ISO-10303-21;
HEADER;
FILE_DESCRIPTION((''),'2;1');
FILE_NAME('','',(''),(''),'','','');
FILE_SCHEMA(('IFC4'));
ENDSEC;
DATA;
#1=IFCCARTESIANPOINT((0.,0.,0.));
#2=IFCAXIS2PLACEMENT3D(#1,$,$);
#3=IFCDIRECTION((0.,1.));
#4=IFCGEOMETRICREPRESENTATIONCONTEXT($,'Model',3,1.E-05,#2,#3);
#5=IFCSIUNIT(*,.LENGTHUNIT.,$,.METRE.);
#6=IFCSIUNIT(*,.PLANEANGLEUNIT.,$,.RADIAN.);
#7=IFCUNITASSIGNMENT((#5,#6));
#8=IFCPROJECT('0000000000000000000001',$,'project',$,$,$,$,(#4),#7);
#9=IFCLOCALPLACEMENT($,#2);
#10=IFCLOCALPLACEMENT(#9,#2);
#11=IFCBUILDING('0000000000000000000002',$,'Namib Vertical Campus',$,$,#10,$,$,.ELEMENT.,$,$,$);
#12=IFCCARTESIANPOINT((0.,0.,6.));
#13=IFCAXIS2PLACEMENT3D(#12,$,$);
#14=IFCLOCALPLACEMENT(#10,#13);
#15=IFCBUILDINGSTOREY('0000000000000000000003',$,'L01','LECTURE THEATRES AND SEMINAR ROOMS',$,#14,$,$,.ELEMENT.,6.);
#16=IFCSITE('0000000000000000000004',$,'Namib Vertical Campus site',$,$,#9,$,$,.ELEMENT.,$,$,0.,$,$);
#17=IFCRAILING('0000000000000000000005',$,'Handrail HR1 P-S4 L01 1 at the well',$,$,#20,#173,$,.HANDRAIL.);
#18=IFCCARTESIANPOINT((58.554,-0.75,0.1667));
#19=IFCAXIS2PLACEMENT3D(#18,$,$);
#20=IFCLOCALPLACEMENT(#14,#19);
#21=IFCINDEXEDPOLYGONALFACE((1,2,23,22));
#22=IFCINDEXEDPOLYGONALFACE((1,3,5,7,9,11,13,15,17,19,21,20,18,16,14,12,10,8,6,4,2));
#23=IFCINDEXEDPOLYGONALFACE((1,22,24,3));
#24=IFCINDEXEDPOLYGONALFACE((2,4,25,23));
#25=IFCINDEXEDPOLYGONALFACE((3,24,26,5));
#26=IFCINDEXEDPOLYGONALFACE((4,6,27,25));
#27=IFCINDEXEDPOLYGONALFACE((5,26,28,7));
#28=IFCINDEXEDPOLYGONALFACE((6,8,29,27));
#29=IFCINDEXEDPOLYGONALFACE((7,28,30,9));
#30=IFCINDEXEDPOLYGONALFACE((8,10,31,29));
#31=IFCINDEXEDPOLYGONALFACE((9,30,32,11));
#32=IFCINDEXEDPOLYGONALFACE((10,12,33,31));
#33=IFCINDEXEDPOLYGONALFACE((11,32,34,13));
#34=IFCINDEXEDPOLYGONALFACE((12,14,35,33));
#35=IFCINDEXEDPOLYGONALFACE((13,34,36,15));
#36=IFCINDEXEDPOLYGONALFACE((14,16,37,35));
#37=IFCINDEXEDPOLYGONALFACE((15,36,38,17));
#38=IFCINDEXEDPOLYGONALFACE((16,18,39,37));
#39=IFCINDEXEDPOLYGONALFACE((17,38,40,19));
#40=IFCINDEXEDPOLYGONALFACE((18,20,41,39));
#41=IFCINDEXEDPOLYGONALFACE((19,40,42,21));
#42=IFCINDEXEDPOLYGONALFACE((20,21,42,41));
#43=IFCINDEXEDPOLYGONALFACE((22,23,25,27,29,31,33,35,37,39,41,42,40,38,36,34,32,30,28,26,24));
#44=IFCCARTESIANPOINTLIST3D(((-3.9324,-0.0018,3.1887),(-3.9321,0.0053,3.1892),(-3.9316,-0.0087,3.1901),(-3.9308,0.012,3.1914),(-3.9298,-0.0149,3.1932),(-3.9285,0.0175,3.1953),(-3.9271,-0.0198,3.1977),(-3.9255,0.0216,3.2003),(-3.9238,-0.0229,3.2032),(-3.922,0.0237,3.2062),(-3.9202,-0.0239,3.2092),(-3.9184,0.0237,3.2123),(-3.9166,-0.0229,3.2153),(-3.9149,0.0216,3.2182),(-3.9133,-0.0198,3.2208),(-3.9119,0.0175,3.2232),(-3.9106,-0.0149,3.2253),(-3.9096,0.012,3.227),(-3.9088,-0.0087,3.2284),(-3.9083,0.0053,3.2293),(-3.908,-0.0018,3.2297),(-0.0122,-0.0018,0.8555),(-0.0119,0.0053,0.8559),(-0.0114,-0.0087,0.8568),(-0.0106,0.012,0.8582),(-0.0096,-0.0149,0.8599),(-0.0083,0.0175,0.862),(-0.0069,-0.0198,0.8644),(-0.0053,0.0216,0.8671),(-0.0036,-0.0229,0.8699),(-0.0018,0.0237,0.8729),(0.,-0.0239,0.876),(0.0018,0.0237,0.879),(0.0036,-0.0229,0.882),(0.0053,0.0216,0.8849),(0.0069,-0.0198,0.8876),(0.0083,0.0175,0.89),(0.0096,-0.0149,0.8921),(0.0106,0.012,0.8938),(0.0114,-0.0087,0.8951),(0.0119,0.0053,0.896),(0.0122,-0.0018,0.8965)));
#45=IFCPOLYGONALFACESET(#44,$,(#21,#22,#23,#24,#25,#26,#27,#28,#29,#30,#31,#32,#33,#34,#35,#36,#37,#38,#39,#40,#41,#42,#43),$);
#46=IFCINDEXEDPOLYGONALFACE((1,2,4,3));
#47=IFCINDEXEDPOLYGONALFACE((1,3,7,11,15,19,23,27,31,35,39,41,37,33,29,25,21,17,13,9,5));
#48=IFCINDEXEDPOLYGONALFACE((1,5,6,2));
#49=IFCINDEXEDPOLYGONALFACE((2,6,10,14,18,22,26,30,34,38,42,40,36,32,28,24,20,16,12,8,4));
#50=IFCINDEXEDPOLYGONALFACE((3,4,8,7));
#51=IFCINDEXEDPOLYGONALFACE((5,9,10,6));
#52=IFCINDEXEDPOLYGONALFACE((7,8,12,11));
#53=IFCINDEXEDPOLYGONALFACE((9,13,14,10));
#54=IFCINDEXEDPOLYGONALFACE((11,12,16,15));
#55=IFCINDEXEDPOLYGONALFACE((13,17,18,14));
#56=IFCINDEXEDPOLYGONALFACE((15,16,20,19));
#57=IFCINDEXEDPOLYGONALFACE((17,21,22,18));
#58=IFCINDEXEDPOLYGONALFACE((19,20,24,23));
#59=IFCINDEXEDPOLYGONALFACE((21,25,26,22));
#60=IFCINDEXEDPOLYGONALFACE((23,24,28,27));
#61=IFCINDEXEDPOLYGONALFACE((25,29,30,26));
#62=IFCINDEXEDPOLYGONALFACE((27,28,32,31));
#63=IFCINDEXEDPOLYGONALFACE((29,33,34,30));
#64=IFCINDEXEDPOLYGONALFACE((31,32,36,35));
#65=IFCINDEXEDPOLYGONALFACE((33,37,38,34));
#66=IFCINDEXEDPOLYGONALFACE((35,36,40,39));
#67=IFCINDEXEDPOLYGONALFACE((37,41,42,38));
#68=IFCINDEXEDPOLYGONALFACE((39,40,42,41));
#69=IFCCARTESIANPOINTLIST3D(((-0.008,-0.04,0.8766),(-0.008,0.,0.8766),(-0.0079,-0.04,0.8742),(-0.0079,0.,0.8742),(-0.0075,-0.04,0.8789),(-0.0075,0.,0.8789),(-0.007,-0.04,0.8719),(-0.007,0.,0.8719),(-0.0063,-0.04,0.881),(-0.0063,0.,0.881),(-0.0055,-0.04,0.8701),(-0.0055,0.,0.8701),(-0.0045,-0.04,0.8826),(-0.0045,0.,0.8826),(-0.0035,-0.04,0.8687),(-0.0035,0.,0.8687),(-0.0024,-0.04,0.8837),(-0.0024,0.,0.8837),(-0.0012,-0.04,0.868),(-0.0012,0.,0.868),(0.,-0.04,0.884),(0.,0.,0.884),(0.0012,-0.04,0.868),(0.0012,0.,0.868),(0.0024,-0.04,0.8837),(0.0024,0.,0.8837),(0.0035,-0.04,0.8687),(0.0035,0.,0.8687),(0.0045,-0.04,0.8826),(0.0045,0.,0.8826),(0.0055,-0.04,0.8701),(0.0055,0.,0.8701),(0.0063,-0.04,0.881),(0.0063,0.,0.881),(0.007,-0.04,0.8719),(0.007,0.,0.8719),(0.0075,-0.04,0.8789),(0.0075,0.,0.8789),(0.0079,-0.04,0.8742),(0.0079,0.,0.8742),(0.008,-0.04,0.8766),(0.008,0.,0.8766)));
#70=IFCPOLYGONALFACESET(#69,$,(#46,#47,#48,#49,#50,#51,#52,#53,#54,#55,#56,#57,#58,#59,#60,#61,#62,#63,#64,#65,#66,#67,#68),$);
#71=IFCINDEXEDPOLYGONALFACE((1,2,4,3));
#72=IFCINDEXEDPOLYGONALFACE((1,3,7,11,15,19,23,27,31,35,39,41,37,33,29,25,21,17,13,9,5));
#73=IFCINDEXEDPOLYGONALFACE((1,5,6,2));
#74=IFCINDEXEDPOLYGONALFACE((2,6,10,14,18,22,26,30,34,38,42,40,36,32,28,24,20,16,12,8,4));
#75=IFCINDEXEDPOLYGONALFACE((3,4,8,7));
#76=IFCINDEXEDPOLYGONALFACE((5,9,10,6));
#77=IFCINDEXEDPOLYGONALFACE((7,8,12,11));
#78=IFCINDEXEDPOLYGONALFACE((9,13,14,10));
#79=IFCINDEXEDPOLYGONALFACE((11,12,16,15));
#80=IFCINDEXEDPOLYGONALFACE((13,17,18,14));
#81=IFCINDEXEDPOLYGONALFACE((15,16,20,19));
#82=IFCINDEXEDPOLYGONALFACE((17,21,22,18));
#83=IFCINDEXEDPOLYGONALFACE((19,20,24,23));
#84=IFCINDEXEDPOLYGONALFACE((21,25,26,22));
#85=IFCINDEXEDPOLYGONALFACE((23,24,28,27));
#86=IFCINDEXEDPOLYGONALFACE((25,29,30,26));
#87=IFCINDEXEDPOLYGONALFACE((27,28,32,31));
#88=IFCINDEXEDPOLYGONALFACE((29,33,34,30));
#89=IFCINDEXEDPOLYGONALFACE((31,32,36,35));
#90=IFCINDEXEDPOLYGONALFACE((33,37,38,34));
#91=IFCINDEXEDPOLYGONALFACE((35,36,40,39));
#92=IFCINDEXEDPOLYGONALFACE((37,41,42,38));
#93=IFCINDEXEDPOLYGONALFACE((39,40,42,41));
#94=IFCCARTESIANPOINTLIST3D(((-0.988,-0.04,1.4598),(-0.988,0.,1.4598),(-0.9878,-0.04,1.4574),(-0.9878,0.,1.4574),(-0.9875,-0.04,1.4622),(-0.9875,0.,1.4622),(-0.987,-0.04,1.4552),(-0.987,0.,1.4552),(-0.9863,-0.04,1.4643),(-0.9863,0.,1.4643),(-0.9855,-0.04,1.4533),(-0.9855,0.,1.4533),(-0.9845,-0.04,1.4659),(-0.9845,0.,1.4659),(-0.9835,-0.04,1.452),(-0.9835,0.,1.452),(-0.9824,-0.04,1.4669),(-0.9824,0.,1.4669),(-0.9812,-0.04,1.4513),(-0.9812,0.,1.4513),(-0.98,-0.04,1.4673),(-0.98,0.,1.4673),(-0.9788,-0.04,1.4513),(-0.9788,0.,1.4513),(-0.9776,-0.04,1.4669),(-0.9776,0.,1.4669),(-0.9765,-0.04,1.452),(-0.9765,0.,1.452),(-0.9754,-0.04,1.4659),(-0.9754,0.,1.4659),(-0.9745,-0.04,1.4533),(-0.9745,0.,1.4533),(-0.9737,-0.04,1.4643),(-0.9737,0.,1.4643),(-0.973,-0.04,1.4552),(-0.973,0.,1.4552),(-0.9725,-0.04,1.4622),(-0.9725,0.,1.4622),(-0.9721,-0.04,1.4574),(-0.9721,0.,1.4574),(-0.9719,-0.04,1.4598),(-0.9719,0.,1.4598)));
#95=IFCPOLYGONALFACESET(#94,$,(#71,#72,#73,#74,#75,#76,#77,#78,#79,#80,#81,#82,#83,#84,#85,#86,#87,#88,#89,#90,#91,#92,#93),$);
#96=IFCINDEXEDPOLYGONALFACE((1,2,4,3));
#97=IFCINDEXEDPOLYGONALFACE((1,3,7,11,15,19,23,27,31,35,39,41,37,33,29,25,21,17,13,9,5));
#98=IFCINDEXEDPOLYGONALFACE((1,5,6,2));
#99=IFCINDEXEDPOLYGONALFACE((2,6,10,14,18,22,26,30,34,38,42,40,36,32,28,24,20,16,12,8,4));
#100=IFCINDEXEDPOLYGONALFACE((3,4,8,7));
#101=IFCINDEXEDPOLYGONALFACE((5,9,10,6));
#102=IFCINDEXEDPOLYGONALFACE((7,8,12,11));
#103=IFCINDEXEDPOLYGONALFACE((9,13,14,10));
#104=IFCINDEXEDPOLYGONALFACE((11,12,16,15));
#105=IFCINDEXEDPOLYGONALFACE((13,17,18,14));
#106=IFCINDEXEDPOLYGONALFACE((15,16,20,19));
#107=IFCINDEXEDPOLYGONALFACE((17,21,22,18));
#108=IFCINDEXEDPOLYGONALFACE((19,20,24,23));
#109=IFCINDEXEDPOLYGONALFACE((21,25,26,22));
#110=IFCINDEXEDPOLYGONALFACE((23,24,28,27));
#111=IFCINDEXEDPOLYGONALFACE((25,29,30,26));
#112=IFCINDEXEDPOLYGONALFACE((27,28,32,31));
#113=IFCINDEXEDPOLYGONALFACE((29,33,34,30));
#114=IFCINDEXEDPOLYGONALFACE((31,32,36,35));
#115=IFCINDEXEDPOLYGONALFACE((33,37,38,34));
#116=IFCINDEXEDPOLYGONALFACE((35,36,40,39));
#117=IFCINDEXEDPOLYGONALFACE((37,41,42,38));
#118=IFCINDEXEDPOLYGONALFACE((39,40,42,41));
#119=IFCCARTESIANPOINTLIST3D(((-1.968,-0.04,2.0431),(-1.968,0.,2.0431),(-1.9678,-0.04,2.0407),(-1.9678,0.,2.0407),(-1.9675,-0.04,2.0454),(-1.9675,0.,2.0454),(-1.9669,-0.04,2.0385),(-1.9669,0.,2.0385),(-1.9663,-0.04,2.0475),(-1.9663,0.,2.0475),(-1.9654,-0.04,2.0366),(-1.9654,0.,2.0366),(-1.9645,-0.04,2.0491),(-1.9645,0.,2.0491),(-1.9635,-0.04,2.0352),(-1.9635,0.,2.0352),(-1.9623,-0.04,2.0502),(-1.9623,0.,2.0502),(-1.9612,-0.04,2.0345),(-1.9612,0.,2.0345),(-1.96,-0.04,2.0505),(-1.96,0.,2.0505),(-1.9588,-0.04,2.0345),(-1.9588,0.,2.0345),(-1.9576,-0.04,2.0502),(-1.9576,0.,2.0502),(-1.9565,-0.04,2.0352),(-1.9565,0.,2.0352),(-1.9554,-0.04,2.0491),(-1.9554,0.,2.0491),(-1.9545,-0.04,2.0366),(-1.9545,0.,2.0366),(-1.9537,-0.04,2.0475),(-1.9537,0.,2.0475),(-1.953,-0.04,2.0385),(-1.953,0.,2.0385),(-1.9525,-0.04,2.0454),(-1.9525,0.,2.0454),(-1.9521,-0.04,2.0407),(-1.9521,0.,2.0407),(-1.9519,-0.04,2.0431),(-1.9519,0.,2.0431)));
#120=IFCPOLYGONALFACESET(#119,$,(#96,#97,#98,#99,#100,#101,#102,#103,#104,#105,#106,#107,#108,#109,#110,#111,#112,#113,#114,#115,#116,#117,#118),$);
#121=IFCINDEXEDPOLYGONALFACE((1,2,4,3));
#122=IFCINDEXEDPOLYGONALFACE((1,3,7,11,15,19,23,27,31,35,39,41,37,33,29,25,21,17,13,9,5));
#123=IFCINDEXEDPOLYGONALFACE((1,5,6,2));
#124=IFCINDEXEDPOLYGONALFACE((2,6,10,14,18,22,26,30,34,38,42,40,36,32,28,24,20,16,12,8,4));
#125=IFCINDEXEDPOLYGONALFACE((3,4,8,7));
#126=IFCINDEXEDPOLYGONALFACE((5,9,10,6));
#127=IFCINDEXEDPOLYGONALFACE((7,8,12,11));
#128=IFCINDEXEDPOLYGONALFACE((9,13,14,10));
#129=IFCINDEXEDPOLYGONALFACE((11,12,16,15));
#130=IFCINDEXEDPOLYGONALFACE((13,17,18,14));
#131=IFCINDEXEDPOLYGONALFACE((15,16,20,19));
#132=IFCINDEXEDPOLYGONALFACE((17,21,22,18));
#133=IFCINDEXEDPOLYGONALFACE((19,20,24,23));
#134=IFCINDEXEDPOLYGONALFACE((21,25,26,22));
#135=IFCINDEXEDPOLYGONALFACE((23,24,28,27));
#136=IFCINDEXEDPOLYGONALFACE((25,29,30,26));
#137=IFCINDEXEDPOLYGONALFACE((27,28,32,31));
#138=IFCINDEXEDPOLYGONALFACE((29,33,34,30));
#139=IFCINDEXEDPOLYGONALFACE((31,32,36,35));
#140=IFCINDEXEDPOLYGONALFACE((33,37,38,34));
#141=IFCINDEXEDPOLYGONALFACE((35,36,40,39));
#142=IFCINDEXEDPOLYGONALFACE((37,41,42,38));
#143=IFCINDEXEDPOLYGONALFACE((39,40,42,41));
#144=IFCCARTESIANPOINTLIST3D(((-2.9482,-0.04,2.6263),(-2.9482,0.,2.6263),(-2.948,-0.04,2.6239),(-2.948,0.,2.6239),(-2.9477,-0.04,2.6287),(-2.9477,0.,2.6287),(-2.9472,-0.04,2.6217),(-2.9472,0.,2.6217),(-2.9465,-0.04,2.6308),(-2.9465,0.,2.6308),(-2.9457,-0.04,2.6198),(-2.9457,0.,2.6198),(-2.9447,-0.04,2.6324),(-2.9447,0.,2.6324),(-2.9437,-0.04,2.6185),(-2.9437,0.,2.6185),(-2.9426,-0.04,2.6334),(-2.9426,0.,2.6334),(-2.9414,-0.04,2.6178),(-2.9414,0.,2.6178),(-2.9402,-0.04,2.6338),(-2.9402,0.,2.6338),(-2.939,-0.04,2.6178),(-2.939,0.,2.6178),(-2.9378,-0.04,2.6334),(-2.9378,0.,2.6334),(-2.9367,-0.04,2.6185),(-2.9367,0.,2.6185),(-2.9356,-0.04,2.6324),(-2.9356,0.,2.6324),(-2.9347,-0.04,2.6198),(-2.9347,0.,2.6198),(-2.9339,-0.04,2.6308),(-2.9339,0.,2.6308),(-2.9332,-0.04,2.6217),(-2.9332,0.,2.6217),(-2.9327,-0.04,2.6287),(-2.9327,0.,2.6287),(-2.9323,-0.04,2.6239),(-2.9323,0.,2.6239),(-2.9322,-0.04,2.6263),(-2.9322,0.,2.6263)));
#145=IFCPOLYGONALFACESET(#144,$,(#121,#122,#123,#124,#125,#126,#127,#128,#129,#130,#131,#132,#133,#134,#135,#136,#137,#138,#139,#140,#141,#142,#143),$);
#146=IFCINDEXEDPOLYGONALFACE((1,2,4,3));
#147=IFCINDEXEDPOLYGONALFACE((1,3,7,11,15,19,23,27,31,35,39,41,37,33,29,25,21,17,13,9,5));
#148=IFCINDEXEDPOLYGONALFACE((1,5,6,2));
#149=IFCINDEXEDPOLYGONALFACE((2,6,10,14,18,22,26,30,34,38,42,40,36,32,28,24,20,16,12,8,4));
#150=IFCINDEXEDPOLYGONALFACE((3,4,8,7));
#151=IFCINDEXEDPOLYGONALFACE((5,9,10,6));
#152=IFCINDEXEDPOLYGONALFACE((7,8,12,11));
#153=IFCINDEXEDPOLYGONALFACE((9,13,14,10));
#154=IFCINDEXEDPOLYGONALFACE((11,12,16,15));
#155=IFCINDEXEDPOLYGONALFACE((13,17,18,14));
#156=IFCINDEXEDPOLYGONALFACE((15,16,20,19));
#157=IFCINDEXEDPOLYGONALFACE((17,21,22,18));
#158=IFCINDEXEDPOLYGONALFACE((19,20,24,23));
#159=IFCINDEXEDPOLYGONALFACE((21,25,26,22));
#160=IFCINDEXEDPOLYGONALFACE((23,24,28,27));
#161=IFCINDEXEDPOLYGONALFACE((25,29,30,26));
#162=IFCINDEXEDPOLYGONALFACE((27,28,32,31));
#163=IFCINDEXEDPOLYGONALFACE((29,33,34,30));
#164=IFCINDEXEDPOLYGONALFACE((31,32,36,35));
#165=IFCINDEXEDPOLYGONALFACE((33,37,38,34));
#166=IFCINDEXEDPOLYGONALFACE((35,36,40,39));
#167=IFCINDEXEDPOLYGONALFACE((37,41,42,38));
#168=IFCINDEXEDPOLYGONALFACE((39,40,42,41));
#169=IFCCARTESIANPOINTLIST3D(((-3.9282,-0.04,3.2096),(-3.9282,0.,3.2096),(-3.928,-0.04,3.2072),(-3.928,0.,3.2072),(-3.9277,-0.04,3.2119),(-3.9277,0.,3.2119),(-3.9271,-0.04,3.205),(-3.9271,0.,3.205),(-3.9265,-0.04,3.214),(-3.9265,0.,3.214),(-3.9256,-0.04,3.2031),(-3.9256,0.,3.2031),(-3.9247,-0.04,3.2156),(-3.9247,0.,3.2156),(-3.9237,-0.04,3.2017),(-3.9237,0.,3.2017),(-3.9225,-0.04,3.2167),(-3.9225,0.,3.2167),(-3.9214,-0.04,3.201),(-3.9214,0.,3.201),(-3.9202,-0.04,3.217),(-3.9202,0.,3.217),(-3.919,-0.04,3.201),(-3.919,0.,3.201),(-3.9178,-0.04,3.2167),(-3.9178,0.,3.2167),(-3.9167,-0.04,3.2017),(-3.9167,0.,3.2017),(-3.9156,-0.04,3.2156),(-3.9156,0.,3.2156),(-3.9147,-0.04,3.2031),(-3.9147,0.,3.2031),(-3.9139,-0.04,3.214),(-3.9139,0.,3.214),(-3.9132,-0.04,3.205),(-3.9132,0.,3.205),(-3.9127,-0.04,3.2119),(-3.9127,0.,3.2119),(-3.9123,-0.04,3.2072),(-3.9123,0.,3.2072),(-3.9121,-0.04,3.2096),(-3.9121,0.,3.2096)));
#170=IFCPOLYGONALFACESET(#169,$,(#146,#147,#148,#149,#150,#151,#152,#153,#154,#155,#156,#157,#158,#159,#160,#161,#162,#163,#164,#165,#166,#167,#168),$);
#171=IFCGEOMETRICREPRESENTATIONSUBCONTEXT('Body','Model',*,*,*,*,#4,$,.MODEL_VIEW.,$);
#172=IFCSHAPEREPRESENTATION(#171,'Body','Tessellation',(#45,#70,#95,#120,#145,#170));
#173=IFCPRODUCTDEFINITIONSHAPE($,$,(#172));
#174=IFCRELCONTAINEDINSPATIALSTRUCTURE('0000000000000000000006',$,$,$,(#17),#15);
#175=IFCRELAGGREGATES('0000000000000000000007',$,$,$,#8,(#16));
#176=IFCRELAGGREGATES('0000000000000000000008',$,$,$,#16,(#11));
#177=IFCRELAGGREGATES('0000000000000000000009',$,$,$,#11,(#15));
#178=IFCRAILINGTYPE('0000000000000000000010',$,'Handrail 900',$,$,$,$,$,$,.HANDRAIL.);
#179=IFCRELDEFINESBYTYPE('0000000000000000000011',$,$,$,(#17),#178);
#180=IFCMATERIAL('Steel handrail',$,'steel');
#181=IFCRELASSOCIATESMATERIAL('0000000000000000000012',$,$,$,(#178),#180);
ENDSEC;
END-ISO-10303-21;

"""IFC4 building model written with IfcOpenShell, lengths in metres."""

from ifc_helpers import new_model, si_unit, direction, frame, origin, origin_2d, place, context, subcontext, project, spatial, circle, extrude, material, type_object, element, save


model = new_model("IFC4")

# Units and contexts
model_context = context("Model", 3, precision=1e-05, world=origin(), true_north=direction((0.0, 1.0)))
body_context = subcontext(model_context, "Body", "Model", "MODEL_VIEW")
ifc_project = project(units=[si_unit("LENGTHUNIT", "METRE"), si_unit("PLANEANGLEUNIT", "RADIAN")], contexts=[model_context])

# Site, building, storey
site_placement = place(None, origin())
site = spatial("IfcSite", under=ifc_project, at=site_placement, Name="Namib Vertical Campus site", CompositionType="ELEMENT", RefElevation=0.0)
building_placement = place(site_placement, origin())
building = spatial("IfcBuilding", under=site, at=building_placement, Name="Namib Vertical Campus", CompositionType="ELEMENT")
storey_placement = place(building_placement, frame((0.0, 0.0, 6.0)))
storey = spatial("IfcBuildingStorey", under=building, at=storey_placement, Name="L01", Description="LECTURE THEATRES AND SEMINAR ROOMS", CompositionType="ELEMENT", Elevation=6.0)

# Railing
ifc_material_1 = material(Name="Steel handrail", Category="steel")
railing_type_1 = type_object("IfcRailingType", Name="Handrail 900", PredefinedType="HANDRAIL", material=ifc_material_1)
railing_1_placement = place(storey_placement, frame((58.554, -0.75, 0.1667)))
element("IfcRailing", 1, at=railing_1_placement, inside=storey, type_object=railing_type_1, Name="Handrail HR1 P-S4 L01 1 at the well", PredefinedType="HANDRAIL", context=body_context, shape_type="SweptSolid", body=[
    extrude(circle(Radius=0.0239, at=origin_2d()), frame((0.0, 0.0, 0.876), z_axis=(-0.85931, 0.0, 0.511455), x_axis=(0.0, -1.0, 0.0)), (0.0, 0.0, 1.0), 4.562),
    extrude(circle(Radius=0.0081, at=origin_2d()), frame((0.0, 0.0, 0.876), z_axis=(0.0, -1.0, 0.0), x_axis=(0.0, 0.0, 1.0)), (0.0, 0.0, 1.0), 0.04),
    extrude(circle(Radius=0.0081, at=origin_2d()), frame((-0.98, 0.0, 1.4592), z_axis=(0.0, -1.0, 0.0), x_axis=(0.0, 0.0, 1.0)), (0.0, 0.0, 1.0), 0.04),
    extrude(circle(Radius=0.0081, at=origin_2d()), frame((-1.96, 0.0, 2.0425), z_axis=(0.0, -1.0, 0.0), x_axis=(0.0, 0.0, 1.0)), (0.0, 0.0, 1.0), 0.04),
    extrude(circle(Radius=0.0081, at=origin_2d()), frame((-2.9402, 0.0, 2.6257), z_axis=(0.0, -1.0, 0.0), x_axis=(0.0, 0.0, 1.0)), (0.0, 0.0, 1.0), 0.04),
    extrude(circle(Radius=0.0081, at=origin_2d()), frame((-3.9202, 0.0, 3.209), z_axis=(0.0, -1.0, 0.0), x_axis=(0.0, 0.0, 1.0)), (0.0, 0.0, 1.0), 0.04),
])

save(model, "model.ifc")
